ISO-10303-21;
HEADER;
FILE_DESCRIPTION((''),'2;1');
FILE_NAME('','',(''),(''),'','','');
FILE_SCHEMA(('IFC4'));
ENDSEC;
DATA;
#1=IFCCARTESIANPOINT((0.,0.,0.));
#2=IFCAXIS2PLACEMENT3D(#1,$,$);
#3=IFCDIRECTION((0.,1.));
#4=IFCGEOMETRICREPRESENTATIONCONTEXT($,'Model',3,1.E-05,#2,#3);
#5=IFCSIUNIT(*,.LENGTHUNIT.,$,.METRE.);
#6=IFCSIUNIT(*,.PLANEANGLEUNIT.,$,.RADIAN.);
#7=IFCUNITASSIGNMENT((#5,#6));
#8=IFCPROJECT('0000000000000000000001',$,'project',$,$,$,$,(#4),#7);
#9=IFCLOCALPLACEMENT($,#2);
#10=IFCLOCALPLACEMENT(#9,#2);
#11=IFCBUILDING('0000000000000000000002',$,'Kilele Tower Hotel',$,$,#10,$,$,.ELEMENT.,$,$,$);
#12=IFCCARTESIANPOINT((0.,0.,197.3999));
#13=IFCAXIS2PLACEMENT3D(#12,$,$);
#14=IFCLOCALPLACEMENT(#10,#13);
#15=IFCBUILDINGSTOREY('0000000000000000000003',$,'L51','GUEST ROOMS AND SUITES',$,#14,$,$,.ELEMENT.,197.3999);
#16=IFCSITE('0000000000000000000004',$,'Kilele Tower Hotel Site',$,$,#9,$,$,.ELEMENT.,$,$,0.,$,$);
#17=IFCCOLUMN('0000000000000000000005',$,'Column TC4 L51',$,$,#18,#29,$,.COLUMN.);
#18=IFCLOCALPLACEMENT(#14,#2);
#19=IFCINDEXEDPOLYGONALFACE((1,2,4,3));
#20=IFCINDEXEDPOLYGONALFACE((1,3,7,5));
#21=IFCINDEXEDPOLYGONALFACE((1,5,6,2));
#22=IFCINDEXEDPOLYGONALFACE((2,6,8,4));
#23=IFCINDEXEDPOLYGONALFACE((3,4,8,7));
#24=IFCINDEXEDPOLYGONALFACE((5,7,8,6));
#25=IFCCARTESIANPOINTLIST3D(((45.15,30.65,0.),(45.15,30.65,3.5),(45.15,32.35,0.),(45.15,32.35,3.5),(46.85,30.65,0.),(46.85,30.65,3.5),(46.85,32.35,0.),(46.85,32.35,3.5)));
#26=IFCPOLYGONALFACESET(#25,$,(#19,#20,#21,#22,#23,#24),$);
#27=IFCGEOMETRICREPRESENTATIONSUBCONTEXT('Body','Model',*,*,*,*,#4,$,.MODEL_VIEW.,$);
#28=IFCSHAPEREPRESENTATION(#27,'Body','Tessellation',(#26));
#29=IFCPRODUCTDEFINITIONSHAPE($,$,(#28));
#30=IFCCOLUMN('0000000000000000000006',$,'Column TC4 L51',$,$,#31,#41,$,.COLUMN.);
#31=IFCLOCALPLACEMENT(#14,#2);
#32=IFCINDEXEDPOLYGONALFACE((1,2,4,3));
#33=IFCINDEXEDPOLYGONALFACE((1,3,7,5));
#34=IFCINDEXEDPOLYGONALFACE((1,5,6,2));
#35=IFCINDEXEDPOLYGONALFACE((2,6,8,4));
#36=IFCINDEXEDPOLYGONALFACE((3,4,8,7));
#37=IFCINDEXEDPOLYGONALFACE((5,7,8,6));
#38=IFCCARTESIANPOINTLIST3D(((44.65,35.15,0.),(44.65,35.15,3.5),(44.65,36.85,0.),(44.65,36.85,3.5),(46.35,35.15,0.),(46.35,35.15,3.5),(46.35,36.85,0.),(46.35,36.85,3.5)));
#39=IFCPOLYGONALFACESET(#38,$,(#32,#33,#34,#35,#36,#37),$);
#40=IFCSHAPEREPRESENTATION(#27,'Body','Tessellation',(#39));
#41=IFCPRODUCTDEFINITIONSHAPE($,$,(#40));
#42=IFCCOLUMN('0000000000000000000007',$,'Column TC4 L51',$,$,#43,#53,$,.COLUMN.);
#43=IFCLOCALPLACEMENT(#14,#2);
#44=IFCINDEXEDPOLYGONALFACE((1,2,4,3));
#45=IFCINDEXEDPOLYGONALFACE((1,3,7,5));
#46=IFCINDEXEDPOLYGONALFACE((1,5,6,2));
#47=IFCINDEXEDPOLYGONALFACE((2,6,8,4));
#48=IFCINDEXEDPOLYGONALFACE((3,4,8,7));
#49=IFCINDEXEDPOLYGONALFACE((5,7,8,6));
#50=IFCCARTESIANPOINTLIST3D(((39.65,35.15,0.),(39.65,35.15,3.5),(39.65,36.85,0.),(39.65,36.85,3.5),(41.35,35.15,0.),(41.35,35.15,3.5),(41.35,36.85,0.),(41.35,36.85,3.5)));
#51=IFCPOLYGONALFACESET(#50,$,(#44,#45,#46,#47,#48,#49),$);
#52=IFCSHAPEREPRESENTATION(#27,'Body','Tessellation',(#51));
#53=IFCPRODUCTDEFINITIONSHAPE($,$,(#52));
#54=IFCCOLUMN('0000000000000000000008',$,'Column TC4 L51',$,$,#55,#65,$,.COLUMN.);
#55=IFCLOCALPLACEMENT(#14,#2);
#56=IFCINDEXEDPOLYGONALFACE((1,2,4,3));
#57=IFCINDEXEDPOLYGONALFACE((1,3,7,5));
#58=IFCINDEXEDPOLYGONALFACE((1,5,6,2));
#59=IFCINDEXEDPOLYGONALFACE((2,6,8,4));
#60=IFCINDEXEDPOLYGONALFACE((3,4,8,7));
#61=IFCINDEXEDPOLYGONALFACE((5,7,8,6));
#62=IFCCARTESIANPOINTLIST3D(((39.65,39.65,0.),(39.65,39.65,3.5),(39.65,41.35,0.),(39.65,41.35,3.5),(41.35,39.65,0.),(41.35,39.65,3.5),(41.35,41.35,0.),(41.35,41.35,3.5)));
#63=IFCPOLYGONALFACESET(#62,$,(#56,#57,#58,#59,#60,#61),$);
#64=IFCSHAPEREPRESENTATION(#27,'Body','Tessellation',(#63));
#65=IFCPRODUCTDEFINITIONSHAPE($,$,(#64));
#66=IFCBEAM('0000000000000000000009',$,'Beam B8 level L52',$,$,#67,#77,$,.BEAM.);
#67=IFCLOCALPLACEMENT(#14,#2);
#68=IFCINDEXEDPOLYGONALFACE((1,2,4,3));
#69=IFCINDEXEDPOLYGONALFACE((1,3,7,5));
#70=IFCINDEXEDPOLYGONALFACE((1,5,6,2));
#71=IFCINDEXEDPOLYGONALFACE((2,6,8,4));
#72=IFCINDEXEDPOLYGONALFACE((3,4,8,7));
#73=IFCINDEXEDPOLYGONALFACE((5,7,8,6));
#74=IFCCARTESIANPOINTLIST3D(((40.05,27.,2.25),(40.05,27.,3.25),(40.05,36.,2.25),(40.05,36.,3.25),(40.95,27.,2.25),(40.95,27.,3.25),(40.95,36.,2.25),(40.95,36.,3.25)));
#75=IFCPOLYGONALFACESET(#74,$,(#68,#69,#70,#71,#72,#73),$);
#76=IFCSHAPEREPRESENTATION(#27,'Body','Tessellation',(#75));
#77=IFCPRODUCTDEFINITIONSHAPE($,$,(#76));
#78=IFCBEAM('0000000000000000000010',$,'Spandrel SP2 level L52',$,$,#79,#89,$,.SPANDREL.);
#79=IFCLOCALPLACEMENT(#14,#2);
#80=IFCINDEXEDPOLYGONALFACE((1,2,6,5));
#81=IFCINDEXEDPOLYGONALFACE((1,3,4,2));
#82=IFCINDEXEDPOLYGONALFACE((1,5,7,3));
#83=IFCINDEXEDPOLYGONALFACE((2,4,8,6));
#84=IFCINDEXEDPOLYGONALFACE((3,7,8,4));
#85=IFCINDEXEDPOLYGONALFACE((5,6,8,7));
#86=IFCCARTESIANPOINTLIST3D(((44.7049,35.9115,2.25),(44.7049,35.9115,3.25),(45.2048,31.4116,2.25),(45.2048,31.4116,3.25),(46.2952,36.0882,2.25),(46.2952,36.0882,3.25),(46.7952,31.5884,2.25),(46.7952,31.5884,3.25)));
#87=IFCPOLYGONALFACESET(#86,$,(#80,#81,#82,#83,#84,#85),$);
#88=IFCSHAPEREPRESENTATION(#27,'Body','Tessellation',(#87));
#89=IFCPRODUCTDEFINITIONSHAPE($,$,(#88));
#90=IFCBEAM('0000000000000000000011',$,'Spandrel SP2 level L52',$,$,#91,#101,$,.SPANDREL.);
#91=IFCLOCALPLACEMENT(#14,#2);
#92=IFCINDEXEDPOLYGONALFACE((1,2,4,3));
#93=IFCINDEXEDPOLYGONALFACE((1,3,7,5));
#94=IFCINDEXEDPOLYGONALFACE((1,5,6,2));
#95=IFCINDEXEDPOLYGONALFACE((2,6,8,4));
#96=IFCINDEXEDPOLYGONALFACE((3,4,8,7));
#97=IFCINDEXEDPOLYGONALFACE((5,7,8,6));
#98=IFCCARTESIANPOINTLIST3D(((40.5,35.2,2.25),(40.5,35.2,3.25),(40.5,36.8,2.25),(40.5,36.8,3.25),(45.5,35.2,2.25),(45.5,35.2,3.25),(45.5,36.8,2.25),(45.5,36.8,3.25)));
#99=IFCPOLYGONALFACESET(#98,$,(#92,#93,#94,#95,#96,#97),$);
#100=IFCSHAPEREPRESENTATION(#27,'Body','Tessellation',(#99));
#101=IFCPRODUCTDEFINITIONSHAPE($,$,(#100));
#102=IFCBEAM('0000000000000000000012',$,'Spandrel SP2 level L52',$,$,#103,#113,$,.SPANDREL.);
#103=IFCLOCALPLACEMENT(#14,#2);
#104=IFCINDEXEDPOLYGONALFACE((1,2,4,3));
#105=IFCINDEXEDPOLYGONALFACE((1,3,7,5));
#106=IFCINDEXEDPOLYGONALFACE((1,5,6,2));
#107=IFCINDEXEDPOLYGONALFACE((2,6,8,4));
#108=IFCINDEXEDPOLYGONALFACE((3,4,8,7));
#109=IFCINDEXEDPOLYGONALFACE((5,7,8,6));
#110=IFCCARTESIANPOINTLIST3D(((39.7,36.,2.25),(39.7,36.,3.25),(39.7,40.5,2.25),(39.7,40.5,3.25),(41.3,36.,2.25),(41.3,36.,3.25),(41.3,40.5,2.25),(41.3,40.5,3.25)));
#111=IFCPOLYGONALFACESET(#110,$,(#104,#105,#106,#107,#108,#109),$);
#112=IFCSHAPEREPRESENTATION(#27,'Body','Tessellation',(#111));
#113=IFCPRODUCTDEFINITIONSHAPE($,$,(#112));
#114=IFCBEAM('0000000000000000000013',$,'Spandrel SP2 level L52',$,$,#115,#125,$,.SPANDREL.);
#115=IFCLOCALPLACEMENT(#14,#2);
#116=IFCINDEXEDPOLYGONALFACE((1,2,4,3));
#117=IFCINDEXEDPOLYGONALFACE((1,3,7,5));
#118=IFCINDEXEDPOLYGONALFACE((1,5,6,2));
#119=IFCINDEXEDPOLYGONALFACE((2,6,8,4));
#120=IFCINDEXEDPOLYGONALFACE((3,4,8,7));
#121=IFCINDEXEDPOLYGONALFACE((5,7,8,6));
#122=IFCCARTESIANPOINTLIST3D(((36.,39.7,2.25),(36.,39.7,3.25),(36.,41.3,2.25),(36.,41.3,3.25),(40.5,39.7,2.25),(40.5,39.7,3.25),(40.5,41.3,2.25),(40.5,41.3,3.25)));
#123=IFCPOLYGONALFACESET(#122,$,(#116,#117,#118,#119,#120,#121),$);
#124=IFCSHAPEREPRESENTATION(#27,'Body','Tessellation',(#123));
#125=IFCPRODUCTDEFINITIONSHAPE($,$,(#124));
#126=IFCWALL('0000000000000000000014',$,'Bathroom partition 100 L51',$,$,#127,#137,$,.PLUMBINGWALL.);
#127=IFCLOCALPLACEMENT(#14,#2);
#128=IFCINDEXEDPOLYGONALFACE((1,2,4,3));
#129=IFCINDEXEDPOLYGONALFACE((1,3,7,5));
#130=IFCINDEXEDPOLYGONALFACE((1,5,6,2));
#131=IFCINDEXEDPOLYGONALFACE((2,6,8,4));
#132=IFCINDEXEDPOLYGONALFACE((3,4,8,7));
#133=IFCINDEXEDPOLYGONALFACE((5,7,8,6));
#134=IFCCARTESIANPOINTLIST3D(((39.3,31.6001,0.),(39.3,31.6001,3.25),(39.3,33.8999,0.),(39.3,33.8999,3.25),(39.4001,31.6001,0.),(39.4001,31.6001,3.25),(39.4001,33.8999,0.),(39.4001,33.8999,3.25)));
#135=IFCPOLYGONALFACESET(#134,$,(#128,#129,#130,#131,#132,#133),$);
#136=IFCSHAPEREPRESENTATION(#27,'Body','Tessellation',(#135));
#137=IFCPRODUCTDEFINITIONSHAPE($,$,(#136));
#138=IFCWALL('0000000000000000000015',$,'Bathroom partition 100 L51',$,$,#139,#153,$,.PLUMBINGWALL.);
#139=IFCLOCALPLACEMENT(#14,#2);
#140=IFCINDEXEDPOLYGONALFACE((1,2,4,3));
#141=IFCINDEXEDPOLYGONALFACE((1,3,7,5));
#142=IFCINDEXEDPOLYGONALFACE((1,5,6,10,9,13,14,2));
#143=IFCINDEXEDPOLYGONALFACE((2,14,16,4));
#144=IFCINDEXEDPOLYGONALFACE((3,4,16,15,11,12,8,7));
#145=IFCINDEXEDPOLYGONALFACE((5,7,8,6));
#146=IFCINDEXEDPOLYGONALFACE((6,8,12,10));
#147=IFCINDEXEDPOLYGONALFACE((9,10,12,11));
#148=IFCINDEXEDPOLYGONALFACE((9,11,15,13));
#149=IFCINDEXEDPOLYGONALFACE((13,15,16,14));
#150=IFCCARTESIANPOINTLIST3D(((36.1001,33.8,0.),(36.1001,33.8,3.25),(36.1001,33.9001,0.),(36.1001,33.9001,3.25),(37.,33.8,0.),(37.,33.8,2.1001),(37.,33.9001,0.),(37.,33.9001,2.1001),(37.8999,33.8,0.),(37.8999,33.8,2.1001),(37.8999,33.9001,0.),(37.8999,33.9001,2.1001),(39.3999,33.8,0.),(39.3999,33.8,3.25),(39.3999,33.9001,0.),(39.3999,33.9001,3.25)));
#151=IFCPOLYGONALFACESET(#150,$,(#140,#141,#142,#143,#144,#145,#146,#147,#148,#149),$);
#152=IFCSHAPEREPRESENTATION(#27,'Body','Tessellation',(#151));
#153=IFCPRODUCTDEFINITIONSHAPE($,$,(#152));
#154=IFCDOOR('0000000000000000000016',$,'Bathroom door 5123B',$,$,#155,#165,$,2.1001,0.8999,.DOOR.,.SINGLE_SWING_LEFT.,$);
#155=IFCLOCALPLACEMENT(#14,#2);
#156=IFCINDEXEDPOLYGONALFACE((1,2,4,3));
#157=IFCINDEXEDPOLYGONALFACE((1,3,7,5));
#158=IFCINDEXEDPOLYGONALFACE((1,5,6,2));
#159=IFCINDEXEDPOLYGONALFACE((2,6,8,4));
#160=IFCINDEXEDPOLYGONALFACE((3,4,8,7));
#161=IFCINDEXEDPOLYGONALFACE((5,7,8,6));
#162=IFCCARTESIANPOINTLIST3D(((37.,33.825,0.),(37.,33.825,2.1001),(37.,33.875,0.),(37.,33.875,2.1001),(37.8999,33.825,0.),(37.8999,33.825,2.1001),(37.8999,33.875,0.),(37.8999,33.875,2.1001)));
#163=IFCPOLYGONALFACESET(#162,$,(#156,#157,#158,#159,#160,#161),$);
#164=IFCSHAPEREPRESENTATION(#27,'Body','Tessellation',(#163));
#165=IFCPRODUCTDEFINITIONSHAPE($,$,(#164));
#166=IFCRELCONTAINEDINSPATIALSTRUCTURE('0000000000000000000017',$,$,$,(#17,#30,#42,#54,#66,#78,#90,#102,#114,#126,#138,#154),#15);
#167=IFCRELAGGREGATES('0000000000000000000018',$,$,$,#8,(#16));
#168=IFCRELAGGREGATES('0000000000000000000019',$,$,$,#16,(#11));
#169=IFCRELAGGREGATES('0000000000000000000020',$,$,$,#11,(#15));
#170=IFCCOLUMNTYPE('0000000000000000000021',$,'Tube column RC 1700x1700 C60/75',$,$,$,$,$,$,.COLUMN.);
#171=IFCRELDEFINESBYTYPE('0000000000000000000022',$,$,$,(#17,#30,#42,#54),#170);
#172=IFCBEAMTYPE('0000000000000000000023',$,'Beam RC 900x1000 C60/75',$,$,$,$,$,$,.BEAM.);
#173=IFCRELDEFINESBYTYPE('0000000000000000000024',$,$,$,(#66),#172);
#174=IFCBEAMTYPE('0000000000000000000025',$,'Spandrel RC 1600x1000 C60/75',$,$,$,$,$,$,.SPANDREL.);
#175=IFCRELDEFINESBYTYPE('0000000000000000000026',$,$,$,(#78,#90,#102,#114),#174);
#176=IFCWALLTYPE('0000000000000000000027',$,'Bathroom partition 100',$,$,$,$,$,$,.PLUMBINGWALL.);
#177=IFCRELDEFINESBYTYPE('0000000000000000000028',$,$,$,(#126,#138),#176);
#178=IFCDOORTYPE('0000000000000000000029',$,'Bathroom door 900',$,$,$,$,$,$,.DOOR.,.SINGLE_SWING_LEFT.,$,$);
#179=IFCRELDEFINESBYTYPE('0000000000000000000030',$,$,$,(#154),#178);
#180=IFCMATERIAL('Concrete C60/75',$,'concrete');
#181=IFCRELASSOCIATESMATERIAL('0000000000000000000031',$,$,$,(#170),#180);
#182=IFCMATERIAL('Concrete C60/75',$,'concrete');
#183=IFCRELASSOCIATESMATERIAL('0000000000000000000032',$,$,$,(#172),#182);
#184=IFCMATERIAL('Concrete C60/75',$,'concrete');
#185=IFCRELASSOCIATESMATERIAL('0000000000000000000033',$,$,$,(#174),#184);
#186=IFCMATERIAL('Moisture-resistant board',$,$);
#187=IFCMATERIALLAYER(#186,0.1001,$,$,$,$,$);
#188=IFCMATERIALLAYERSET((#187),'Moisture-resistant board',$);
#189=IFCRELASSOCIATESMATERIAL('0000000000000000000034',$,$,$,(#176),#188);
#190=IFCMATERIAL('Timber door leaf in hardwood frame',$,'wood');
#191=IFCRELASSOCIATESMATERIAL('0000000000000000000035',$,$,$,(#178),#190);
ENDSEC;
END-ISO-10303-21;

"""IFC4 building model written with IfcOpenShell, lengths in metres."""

from ifc_helpers import new_model, si_unit, direction, frame, frame_2d, origin, origin_2d, place, context, subcontext, project, spatial, rectangle, extrude, material, layer, layer_set, material_profile, profile_set, type_object, element, fill, save


model = new_model("IFC4")

# Units and contexts
model_context = context("Model", 3, precision=1e-05, world=origin(), true_north=direction((0.0, 1.0)))
body_context = subcontext(model_context, "Body", "Model", "MODEL_VIEW")
ifc_project = project(units=[si_unit("LENGTHUNIT", "METRE"), si_unit("PLANEANGLEUNIT", "RADIAN")], contexts=[model_context])

# Site, building, storey
site_placement = place(None, origin())
site = spatial("IfcSite", under=ifc_project, at=site_placement, Name="Kilele Tower Hotel Site", CompositionType="ELEMENT", RefElevation=0.0)
building_placement = place(site_placement, origin())
building = spatial("IfcBuilding", under=site, at=building_placement, Name="Kilele Tower Hotel", CompositionType="ELEMENT")
storey_placement = place(building_placement, frame((0.0, 0.0, 197.3999)))
storey = spatial("IfcBuildingStorey", under=building, at=storey_placement, Name="L51", Description="GUEST ROOMS AND SUITES", CompositionType="ELEMENT", Elevation=197.3999)

# Columns
ifc_material_1 = material(Name="Concrete C60/75", Category="concrete")
ifc_material_profile_1 = material_profile(ifc_material_1, rectangle(XDim=1.7, YDim=1.7, at=origin_2d()))
ifc_profile_set_1 = profile_set([ifc_material_profile_1], Name="Concrete C60/75")
column_type = type_object("IfcColumnType", Name="Tube column RC 1700x1700 C60/75", PredefinedType="COLUMN", material=ifc_profile_set_1)
for number, where, z_axis, x_axis, name in (
    (1, (46.0, 31.5, 0.0), (0.0, 0.0, 1.0), (1.0, 0.0, 0.0), "Column TC4 L51"),
    (2, (45.5, 36.0, 0.0), (0.0, 0.0, 1.0), (1.0, 0.0, 0.0), "Column TC4 L51"),
    (3, (40.5, 36.0, 0.0), (0.0, 0.0, 1.0), (1.0, 0.0, 0.0), "Column TC4 L51"),
    (4, (40.5, 40.5, 0.0), (0.0, 0.0, 1.0), (1.0, 0.0, 0.0), "Column TC4 L51"),
):
    element("IfcColumn", number, at=place(storey_placement, frame(where, z_axis=z_axis, x_axis=x_axis)), inside=storey, type_object=column_type, Name=name, PredefinedType="COLUMN", context=body_context, shape_type="SweptSolid", body=[
        extrude(rectangle(XDim=1.7, YDim=1.7, at=origin_2d()), origin(), (0.0, 0.0, 1.0), 3.5),
    ])

# Beams
ifc_material_2 = material(Name="Concrete C60/75", Category="concrete")
ifc_material_profile_2 = material_profile(ifc_material_2, rectangle(XDim=0.8999, YDim=1.0, at=origin_2d()))
ifc_profile_set_2 = profile_set([ifc_material_profile_2], Name="Concrete C60/75")
beam_type_1 = type_object("IfcBeamType", Name="Beam RC 900x1000 C60/75", PredefinedType="BEAM", material=ifc_profile_set_2)
beam_1_placement = place(storey_placement, frame((40.5, 36.0, 2.75), z_axis=(0.0, -1.0, 0.0), x_axis=(1.0, 0.0, 0.0)))
element("IfcBeam", 5, at=beam_1_placement, inside=storey, type_object=beam_type_1, Name="Beam B8 level L52", PredefinedType="BEAM", context=body_context, shape_type="SweptSolid", body=[
    extrude(rectangle(XDim=0.8999, YDim=1.0, at=origin_2d()), origin(), (0.0, 0.0, 1.0), 9.0),
])
ifc_material_3 = material(Name="Concrete C60/75", Category="concrete")
ifc_material_profile_3 = material_profile(ifc_material_3, rectangle(XDim=1.6001, YDim=1.0, at=origin_2d()))
ifc_profile_set_3 = profile_set([ifc_material_profile_3], Name="Concrete C60/75")
beam_type_2 = type_object("IfcBeamType", Name="Spandrel RC 1600x1000 C60/75", PredefinedType="SPANDREL", material=ifc_profile_set_3)
beam_2_placement = place(storey_placement, frame((46.0, 31.5, 2.75), z_axis=(-0.110432, 0.993884, 0.0), x_axis=(-0.993884, -0.110432, 0.0)))
element("IfcBeam", 6, at=beam_2_placement, inside=storey, type_object=beam_type_2, Name="Spandrel SP2 level L52", PredefinedType="SPANDREL", context=body_context, shape_type="SweptSolid", body=[
    extrude(rectangle(XDim=1.6001, YDim=1.0, at=origin_2d()), origin(), (0.0, 0.0, 1.0), 4.5276),
])
beam_3_placement = place(storey_placement, frame((45.5, 36.0, 2.75), z_axis=(-1.0, 0.0, 0.0), x_axis=(0.0, -1.0, 0.0)))
element("IfcBeam", 7, at=beam_3_placement, inside=storey, type_object=beam_type_2, Name="Spandrel SP2 level L52", PredefinedType="SPANDREL", context=body_context, shape_type="SweptSolid", body=[
    extrude(rectangle(XDim=1.6001, YDim=1.0, at=origin_2d()), origin(), (0.0, 0.0, 1.0), 5.0),
])
for number, where, z_axis, x_axis, name in (
    (8, (40.5, 36.0, 2.75), (0.0, 1.0, 0.0), (-1.0, 0.0, 0.0), "Spandrel SP2 level L52"),
    (9, (40.5, 40.5, 2.75), (-1.0, 0.0, 0.0), (0.0, -1.0, 0.0), "Spandrel SP2 level L52"),
):
    element("IfcBeam", number, at=place(storey_placement, frame(where, z_axis=z_axis, x_axis=x_axis)), inside=storey, type_object=beam_type_2, Name=name, PredefinedType="SPANDREL", context=body_context, shape_type="SweptSolid", body=[
        extrude(rectangle(XDim=1.6001, YDim=1.0, at=origin_2d()), origin(), (0.0, 0.0, 1.0), 4.5),
    ])

# Wall
ifc_material_4 = material(Name="Moisture-resistant board")
ifc_layer_1 = layer(ifc_material_4, 0.1001)
ifc_layer_set_1 = layer_set([ifc_layer_1], Name="Moisture-resistant board")
wall_type_1 = type_object("IfcWallType", Name="Bathroom partition 100", PredefinedType="PLUMBINGWALL", material=ifc_layer_set_1)
wall_1_placement = place(storey_placement, frame((39.3501, 31.6001, 0.0), z_axis=(0.0, 0.0, 1.0), x_axis=(0.0, 1.0, 0.0)))
element("IfcWall", 10, at=wall_1_placement, inside=storey, type_object=wall_type_1, Name="Bathroom partition 100 L51", PredefinedType="PLUMBINGWALL", context=body_context, shape_type="SweptSolid", body=[
    extrude(rectangle(XDim=2.2998, YDim=0.1001, at=frame_2d((1.1499, 0.0))), origin(), (0.0, 0.0, 1.0), 3.25),
])

# Wall, opening, door
wall_2_placement = place(storey_placement, frame((36.1001, 33.8501, 0.0), z_axis=(0.0, 0.0, 1.0), x_axis=(1.0, 0.0, 0.0)))
wall_2 = element("IfcWall", 11, at=wall_2_placement, inside=storey, type_object=wall_type_1, Name="Bathroom partition 100 L51", PredefinedType="PLUMBINGWALL", context=body_context, shape_type="SweptSolid", body=[
    extrude(rectangle(XDim=3.2998, YDim=0.1001, at=frame_2d((1.6499, 0.0))), origin(), (0.0, 0.0, 1.0), 3.25),
])
opening_1_placement = place(wall_2_placement, frame((0.8999, 0.0, 0.0)))
opening_1 = element("IfcOpeningElement", 12, at=opening_1_placement, cuts=wall_2, PredefinedType="OPENING", context=body_context, shape_type="SweptSolid", body=[
    extrude(rectangle(XDim=0.8999, YDim=2.1001, at=frame_2d((0.45, 1.05))), frame((0.0, 0.0601, 0.0), z_axis=(0.0, -1.0, 0.0), x_axis=(1.0, 0.0, 0.0)), (0.0, 0.0, 1.0), 0.1201),
])
ifc_material_5 = material(Name="Timber door leaf in hardwood frame", Category="wood")
door_type_1 = type_object("IfcDoorType", Name="Bathroom door 900", OperationType="SINGLE_SWING_LEFT", PredefinedType="DOOR", material=ifc_material_5)
door_1_placement = place(opening_1_placement, origin())
door_1 = element("IfcDoor", 13, at=door_1_placement, inside=storey, type_object=door_type_1, Name="Bathroom door 5123B", OperationType="SINGLE_SWING_LEFT", OverallHeight=2.1001, OverallWidth=0.8999, PredefinedType="DOOR", context=body_context, shape_type="SweptSolid", body=[
    extrude(rectangle(XDim=0.8999, YDim=2.1001, at=frame_2d((0.45, 1.05))), frame((0.0, 0.0249, 0.0), z_axis=(0.0, -1.0, 0.0), x_axis=(1.0, 0.0, 0.0)), (0.0, 0.0, 1.0), 0.05),
])
fill(opening_1, door_1)

save(model, "model.ifc")
